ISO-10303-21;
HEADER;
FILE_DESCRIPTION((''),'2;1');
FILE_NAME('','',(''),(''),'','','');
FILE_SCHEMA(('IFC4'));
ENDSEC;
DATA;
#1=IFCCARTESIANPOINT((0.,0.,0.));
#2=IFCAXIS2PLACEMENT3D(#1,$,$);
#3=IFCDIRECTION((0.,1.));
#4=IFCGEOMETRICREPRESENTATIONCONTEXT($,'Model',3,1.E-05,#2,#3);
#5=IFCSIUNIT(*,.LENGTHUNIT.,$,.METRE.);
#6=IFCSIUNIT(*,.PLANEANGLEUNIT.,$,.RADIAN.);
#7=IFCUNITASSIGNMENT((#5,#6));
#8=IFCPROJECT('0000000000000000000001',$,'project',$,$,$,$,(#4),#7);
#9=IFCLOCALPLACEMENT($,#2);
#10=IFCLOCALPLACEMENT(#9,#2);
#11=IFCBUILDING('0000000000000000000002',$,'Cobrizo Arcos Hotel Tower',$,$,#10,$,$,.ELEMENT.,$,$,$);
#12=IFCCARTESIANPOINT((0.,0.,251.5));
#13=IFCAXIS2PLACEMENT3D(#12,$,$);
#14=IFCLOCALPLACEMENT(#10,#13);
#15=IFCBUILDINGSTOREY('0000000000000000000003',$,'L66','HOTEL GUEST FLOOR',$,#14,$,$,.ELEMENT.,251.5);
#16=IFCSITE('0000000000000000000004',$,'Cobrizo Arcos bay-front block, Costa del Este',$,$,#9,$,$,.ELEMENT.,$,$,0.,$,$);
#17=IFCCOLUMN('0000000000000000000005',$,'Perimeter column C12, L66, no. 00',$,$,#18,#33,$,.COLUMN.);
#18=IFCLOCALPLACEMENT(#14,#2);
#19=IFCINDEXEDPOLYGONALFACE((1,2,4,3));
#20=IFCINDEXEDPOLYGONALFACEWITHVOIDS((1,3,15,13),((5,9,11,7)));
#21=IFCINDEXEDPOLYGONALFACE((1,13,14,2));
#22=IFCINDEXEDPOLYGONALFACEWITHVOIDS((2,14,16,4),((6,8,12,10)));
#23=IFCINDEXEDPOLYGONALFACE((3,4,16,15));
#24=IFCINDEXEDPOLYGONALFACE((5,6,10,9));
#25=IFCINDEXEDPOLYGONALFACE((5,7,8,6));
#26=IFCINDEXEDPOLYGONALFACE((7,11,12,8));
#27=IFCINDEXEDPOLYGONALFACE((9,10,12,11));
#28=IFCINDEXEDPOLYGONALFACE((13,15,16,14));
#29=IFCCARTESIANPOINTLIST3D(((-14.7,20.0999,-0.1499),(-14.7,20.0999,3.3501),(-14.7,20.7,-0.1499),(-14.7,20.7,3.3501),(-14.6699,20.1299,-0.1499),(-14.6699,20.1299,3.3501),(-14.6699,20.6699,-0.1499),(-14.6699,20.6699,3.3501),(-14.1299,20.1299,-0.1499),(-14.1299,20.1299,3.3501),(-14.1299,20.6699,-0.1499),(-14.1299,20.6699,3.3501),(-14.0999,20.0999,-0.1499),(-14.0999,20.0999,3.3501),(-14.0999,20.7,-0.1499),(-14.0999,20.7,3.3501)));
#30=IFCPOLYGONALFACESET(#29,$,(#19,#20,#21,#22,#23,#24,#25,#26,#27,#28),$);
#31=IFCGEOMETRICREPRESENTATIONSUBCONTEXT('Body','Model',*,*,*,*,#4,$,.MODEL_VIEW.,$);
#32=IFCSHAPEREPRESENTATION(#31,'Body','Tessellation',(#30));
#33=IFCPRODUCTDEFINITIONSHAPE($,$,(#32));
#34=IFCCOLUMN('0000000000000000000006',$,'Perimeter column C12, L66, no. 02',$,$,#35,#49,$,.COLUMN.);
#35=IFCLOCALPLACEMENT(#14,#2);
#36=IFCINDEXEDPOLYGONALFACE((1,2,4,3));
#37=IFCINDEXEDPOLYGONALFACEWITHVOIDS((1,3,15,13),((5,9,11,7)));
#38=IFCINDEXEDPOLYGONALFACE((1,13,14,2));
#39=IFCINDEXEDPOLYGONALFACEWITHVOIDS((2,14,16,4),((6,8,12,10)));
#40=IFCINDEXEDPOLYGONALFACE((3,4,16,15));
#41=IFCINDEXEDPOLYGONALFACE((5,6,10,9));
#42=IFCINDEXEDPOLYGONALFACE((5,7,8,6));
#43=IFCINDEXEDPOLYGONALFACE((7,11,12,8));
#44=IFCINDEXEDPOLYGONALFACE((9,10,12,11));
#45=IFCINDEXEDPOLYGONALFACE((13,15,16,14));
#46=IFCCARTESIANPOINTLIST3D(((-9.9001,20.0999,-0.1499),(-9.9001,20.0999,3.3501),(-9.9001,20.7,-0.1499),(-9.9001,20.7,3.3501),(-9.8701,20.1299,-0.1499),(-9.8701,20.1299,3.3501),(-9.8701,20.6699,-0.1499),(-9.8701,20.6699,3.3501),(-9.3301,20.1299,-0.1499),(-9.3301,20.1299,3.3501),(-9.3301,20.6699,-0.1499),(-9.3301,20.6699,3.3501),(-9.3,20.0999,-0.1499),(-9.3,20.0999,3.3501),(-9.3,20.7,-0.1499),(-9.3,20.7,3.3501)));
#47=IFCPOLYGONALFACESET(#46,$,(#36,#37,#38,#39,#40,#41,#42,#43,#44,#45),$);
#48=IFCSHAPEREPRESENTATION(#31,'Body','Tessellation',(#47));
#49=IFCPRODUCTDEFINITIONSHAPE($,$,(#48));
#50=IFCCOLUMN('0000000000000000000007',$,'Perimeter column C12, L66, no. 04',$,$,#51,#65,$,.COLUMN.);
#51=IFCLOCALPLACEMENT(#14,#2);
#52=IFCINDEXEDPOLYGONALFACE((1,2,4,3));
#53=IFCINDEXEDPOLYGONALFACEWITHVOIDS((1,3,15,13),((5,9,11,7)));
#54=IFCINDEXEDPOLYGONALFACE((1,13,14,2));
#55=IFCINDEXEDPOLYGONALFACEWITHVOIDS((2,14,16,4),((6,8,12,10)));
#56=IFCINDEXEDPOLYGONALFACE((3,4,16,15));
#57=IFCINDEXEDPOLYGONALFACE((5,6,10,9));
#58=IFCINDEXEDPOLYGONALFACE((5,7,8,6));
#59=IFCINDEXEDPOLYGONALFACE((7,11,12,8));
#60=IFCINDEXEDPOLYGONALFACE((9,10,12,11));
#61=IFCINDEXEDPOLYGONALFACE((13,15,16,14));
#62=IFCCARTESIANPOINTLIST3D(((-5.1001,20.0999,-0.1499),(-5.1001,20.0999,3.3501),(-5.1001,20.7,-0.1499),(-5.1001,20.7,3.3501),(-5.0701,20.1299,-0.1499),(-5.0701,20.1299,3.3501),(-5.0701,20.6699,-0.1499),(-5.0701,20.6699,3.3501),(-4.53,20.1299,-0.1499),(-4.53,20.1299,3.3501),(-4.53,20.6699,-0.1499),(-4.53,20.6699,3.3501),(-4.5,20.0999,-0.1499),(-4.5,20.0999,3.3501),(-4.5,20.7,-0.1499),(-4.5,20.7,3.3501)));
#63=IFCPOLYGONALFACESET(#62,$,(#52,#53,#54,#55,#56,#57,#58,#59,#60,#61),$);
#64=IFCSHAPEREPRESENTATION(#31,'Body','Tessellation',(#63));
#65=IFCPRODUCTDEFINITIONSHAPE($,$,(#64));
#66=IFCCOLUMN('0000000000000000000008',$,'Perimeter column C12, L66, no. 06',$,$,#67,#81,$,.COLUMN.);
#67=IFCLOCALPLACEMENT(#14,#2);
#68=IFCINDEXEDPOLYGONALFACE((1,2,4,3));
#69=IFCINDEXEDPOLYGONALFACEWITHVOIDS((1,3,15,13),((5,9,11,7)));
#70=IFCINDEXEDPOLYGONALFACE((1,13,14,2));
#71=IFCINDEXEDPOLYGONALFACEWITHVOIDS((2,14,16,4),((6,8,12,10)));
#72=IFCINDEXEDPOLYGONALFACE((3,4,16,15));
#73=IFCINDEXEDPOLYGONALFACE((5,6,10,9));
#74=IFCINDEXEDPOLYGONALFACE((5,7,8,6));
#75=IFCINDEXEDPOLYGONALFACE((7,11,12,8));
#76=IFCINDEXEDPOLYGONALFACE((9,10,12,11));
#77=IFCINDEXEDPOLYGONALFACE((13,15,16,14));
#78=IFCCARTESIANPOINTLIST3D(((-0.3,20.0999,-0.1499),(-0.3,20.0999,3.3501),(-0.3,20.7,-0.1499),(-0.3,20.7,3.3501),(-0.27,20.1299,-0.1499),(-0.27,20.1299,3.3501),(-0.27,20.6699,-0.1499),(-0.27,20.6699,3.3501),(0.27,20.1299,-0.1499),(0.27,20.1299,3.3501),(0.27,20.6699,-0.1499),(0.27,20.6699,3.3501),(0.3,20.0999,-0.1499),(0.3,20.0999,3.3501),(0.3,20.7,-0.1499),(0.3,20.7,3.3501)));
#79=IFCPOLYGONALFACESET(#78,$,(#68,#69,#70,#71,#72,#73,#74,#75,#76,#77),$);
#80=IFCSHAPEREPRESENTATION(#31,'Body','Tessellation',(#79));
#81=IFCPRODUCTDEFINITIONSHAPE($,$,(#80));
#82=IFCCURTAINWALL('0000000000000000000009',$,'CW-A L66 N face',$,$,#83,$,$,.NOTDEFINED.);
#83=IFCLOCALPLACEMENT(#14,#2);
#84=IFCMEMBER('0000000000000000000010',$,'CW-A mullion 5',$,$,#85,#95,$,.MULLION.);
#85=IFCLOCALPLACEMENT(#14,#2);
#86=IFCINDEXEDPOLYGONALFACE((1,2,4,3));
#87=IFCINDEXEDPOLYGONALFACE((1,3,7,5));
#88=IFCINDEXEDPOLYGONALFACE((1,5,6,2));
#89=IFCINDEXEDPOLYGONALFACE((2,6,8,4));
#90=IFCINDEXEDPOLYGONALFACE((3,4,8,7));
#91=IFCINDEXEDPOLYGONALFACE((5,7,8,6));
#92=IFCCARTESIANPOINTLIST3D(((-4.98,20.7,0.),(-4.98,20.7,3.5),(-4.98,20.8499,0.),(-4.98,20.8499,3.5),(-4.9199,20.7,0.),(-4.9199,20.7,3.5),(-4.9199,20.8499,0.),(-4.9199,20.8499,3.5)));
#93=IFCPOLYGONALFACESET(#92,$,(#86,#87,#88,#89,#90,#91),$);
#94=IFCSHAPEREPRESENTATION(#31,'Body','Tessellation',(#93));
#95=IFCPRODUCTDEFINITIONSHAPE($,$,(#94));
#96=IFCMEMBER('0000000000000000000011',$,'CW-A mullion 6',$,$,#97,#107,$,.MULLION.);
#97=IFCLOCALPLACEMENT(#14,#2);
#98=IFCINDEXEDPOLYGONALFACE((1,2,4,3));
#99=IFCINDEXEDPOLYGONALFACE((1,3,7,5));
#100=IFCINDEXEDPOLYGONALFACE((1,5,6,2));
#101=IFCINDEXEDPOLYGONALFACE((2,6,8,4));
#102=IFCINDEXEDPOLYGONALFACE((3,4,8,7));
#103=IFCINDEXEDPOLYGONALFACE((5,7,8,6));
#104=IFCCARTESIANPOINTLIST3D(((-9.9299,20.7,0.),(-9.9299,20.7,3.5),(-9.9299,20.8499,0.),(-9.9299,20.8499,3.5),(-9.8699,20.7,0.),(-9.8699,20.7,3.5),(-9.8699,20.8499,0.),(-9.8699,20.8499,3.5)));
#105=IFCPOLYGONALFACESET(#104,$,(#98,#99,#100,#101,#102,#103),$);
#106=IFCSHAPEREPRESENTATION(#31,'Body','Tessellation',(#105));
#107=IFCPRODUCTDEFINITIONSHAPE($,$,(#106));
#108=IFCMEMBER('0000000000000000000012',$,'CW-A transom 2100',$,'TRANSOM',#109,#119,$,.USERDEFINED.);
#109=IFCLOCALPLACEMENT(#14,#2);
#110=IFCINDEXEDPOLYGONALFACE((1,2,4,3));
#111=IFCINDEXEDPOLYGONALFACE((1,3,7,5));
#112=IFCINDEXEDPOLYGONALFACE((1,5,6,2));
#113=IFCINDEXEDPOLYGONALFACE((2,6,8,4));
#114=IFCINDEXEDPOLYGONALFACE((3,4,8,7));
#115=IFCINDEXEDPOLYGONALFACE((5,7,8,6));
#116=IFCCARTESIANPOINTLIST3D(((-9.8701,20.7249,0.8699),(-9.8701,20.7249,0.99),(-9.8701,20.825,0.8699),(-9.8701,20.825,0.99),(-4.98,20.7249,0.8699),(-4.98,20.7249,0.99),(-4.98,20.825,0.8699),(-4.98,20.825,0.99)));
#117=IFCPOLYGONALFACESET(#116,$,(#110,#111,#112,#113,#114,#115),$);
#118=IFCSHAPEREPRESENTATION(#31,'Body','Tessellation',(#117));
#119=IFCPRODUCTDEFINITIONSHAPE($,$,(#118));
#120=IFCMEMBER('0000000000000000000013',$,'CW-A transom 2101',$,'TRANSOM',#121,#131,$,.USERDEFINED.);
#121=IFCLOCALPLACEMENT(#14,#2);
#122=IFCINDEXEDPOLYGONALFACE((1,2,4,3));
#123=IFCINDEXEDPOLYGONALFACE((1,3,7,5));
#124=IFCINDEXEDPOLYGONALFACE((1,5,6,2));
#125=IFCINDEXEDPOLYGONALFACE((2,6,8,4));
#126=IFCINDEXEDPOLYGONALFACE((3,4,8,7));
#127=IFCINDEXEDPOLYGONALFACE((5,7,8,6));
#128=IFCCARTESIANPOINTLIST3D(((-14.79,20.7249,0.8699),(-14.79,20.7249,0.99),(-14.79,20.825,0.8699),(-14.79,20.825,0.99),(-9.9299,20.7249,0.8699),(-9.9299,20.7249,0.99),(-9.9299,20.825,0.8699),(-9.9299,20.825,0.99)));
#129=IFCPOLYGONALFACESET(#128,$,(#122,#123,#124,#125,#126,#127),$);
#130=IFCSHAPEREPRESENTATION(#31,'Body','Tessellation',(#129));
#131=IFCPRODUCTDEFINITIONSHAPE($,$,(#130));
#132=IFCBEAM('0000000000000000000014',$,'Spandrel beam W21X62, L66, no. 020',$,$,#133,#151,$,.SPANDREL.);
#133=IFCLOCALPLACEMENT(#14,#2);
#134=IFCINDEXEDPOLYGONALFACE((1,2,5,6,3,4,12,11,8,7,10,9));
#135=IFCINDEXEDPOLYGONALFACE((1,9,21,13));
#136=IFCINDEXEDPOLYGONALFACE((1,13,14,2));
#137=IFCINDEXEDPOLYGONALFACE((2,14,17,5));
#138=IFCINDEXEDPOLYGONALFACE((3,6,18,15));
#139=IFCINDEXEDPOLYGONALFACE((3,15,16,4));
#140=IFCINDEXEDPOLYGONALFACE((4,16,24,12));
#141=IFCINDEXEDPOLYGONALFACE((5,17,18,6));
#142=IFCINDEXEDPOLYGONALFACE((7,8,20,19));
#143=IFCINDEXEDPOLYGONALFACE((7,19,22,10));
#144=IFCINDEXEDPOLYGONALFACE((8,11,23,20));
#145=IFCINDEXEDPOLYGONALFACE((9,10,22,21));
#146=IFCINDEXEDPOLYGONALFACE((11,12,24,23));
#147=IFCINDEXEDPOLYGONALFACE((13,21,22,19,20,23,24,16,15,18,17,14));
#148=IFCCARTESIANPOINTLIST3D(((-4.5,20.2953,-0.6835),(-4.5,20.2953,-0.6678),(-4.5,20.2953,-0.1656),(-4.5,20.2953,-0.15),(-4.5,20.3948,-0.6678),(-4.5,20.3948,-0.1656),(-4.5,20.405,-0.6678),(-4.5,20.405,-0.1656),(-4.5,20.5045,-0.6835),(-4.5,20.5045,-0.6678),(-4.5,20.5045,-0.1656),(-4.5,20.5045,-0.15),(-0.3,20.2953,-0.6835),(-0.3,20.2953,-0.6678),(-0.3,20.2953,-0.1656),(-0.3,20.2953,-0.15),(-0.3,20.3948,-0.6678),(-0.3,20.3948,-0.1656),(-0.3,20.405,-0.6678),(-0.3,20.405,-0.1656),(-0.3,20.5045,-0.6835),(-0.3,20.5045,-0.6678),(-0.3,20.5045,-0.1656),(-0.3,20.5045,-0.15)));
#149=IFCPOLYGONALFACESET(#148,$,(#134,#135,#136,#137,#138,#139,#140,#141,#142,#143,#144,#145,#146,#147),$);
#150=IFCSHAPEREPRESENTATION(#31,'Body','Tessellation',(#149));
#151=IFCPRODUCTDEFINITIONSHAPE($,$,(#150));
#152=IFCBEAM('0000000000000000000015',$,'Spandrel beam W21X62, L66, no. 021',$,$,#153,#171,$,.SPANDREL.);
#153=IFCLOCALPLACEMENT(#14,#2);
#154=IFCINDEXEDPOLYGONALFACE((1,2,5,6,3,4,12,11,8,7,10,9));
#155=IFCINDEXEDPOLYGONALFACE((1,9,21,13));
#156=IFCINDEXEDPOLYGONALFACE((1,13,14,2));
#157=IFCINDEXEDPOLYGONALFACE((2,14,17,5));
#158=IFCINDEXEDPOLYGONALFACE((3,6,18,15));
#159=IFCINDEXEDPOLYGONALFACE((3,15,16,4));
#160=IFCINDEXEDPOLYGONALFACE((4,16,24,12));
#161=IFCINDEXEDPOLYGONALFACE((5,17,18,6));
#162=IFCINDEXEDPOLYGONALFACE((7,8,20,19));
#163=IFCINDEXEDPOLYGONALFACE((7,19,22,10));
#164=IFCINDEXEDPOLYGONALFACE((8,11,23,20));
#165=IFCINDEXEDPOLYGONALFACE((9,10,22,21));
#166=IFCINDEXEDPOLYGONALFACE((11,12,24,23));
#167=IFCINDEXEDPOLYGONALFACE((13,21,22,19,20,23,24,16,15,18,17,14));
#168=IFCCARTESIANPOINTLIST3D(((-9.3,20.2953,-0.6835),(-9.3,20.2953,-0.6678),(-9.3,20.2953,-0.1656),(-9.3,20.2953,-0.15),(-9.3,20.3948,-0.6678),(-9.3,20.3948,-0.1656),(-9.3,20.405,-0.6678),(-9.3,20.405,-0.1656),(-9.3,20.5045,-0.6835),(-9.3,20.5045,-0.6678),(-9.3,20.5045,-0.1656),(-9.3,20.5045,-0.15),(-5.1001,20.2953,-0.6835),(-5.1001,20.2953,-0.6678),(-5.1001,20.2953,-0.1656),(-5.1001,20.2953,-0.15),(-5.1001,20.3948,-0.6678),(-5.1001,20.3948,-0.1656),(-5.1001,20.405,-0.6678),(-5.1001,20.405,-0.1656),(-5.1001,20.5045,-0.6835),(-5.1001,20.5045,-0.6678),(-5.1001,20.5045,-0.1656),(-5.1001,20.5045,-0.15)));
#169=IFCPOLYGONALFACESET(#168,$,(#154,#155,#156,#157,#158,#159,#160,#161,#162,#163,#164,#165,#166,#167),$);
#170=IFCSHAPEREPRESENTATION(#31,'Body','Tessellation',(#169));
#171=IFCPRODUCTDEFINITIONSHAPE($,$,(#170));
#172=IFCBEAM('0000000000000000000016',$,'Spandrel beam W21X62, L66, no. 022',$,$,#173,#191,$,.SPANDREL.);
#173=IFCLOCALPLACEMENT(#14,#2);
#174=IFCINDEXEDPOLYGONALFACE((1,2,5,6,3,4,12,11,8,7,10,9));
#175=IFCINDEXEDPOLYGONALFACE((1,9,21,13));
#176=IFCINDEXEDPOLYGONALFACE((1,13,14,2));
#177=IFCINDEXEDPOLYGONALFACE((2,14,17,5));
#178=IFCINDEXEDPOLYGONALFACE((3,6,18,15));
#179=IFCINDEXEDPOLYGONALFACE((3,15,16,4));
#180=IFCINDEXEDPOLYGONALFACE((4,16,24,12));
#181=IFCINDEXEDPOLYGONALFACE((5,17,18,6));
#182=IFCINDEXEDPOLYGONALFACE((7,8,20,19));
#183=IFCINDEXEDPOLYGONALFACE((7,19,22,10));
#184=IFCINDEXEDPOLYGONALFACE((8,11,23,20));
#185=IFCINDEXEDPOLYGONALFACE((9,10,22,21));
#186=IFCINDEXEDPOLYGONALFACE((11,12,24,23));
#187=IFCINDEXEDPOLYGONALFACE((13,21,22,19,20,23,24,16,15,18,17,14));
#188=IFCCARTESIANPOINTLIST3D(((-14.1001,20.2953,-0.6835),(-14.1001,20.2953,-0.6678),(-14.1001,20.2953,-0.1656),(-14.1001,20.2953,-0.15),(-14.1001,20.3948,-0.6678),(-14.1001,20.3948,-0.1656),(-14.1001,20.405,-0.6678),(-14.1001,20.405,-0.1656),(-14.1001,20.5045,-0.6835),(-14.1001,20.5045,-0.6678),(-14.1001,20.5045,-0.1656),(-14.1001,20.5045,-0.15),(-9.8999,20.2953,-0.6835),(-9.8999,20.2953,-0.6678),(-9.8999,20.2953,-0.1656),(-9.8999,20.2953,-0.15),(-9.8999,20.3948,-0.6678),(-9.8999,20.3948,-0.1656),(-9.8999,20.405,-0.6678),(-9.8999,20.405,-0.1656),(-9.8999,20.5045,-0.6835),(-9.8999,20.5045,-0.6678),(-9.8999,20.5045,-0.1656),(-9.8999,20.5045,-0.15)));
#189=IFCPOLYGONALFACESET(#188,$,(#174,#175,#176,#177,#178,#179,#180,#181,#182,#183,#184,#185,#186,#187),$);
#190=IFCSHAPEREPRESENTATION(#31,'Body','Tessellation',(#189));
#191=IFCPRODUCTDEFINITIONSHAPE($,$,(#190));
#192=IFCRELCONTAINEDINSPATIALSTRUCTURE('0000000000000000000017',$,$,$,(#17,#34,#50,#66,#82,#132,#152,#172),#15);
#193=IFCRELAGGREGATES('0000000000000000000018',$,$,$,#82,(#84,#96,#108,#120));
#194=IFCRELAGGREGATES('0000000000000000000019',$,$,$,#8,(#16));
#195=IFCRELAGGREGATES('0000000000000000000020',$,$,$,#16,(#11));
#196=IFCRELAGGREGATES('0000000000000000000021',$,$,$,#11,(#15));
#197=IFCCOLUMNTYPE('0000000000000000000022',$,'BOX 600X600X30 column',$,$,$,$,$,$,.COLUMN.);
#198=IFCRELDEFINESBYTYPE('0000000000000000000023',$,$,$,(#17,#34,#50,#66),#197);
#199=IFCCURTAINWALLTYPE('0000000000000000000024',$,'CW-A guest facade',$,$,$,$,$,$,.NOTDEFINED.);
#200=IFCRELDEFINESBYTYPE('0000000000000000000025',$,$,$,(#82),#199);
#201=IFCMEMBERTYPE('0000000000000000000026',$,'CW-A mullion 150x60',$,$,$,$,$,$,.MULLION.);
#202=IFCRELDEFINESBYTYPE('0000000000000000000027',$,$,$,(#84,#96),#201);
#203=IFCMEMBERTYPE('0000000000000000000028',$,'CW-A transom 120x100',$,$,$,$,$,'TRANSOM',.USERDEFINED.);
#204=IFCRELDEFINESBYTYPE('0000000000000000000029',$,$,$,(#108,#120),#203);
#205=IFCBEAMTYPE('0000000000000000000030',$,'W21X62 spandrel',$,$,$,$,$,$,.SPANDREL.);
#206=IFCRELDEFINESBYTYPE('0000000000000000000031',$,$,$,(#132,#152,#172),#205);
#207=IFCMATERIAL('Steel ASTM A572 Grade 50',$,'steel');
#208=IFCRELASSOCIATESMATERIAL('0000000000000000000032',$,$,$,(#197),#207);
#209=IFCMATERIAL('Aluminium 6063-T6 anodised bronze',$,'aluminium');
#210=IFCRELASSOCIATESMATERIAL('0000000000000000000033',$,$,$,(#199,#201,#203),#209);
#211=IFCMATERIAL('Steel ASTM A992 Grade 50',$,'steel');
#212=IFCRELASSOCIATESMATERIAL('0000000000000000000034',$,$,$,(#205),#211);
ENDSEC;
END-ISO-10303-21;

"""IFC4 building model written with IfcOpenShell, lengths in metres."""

from ifc_helpers import new_model, si_unit, direction, frame, origin, origin_2d, place, context, subcontext, project, spatial, rectangle, hollow_rectangle, i_section, extrude, material, material_profile, profile_set, type_object, element, aggregate, save


model = new_model("IFC4")

# Units and contexts
model_context = context("Model", 3, precision=1e-05, world=origin(), true_north=direction((0.0, 1.0)))
body_context = subcontext(model_context, "Body", "Model", "MODEL_VIEW")
ifc_project = project(units=[si_unit("LENGTHUNIT", "METRE"), si_unit("PLANEANGLEUNIT", "RADIAN")], contexts=[model_context])

# Site, building, storey
site_placement = place(None, origin())
site = spatial("IfcSite", under=ifc_project, at=site_placement, Name="Cobrizo Arcos bay-front block, Costa del Este", CompositionType="ELEMENT", RefElevation=0.0)
building_placement = place(site_placement, origin())
building = spatial("IfcBuilding", under=site, at=building_placement, Name="Cobrizo Arcos Hotel Tower", CompositionType="ELEMENT")
storey_placement = place(building_placement, frame((0.0, 0.0, 251.5)))
storey = spatial("IfcBuildingStorey", under=building, at=storey_placement, Name="L66", Description="HOTEL GUEST FLOOR", CompositionType="ELEMENT", Elevation=251.5)

# Columns
ifc_material_1 = material(Name="Steel ASTM A572 Grade 50", Category="steel")
ifc_material_profile_1 = material_profile(ifc_material_1, hollow_rectangle(XDim=0.6001, YDim=0.6001, WallThickness=0.03, at=origin_2d()), Name="BOX 600X600X30")
ifc_profile_set_1 = profile_set([ifc_material_profile_1], Name="Steel ASTM A572 Grade 50")
column_type = type_object("IfcColumnType", Name="BOX 600X600X30 column", PredefinedType="COLUMN", material=ifc_profile_set_1)
for number, where, z_axis, x_axis, name in (
    (1, (-14.3999, 20.3999, -0.1499), (0.0, 0.0, 1.0), (1.0, 0.0, 0.0), "Perimeter column C12, L66, no. 00"),
    (2, (-9.6001, 20.3999, -0.1499), (0.0, 0.0, 1.0), (1.0, 0.0, 0.0), "Perimeter column C12, L66, no. 02"),
    (3, (-4.8, 20.3999, -0.1499), (0.0, 0.0, 1.0), (1.0, 0.0, 0.0), "Perimeter column C12, L66, no. 04"),
    (4, (0.0, 20.3999, -0.1499), (0.0, 0.0, 1.0), (1.0, 0.0, 0.0), "Perimeter column C12, L66, no. 06"),
):
    element("IfcColumn", number, at=place(storey_placement, frame(where, z_axis=z_axis, x_axis=x_axis)), inside=storey, type_object=column_type, Name=name, PredefinedType="COLUMN", context=body_context, shape_type="SweptSolid", body=[
        extrude(hollow_rectangle(XDim=0.6001, YDim=0.6001, WallThickness=0.03, at=origin_2d()), origin(), (0.0, 0.0, 1.0), 3.5),
    ])

# Curtain wall, members
ifc_material_2 = material(Name="Aluminium 6063-T6 anodised bronze", Category="aluminium")
curtain_wall_type = type_object("IfcCurtainWallType", Name="CW-A guest facade", PredefinedType="NOTDEFINED", material=ifc_material_2)
curtain_wall_placement = place(storey_placement, origin())
curtain_wall = element("IfcCurtainWall", 5, at=curtain_wall_placement, inside=storey, type_object=curtain_wall_type, Name="CW-A L66 N face", PredefinedType="NOTDEFINED")
ifc_material_profile_2 = material_profile(ifc_material_2, rectangle(XDim=0.1499, YDim=0.0601, at=origin_2d()), Name="CW-A mullion 150x60")
ifc_profile_set_2 = profile_set([ifc_material_profile_2], Name="Aluminium 6063-T6 anodised bronze")
member_type_1 = type_object("IfcMemberType", Name="CW-A mullion 150x60", PredefinedType="MULLION", material=ifc_profile_set_2)
member_1_placement = place(storey_placement, frame((-4.95, 20.7749, 0.0), z_axis=(0.0, 0.0, 1.0), x_axis=(0.0, 1.0, 0.0)))
member_1 = element("IfcMember", 6, at=member_1_placement, type_object=member_type_1, Name="CW-A mullion 5", PredefinedType="MULLION", context=body_context, shape_type="SweptSolid", body=[
    extrude(rectangle(XDim=0.1499, YDim=0.0601, at=origin_2d()), origin(), (0.0, 0.0, 1.0), 3.5),
])
member_2_placement = place(storey_placement, frame((-9.8999, 20.7749, 0.0), z_axis=(0.0, 0.0, 1.0), x_axis=(0.0, 1.0, 0.0)))
member_2 = element("IfcMember", 7, at=member_2_placement, type_object=member_type_1, Name="CW-A mullion 6", PredefinedType="MULLION", context=body_context, shape_type="SweptSolid", body=[
    extrude(rectangle(XDim=0.1499, YDim=0.0601, at=origin_2d()), origin(), (0.0, 0.0, 1.0), 3.5),
])
ifc_material_profile_3 = material_profile(ifc_material_2, rectangle(XDim=0.1001, YDim=0.1201, at=origin_2d()), Name="CW-A transom 120x100")
ifc_profile_set_3 = profile_set([ifc_material_profile_3], Name="Aluminium 6063-T6 anodised bronze")
member_type_2 = type_object("IfcMemberType", Name="CW-A transom 120x100", ElementType="TRANSOM", PredefinedType="USERDEFINED", material=ifc_profile_set_3)
member_3_placement = place(storey_placement, frame((-4.98, 20.7749, 0.9299), z_axis=(-1.0, 0.0, 0.0), x_axis=(0.0, -1.0, 0.0)))
member_3 = element("IfcMember", 8, at=member_3_placement, type_object=member_type_2, Name="CW-A transom 2100", ObjectType="TRANSOM", PredefinedType="USERDEFINED", context=body_context, shape_type="SweptSolid", body=[
    extrude(rectangle(XDim=0.1001, YDim=0.1201, at=origin_2d()), origin(), (0.0, 0.0, 1.0), 4.8901),
])
member_4_placement = place(storey_placement, frame((-9.9299, 20.7749, 0.9299), z_axis=(-1.0, 0.0, 0.0), x_axis=(0.0, -1.0, 0.0)))
member_4 = element("IfcMember", 9, at=member_4_placement, type_object=member_type_2, Name="CW-A transom 2101", ObjectType="TRANSOM", PredefinedType="USERDEFINED", context=body_context, shape_type="SweptSolid", body=[
    extrude(rectangle(XDim=0.1001, YDim=0.1201, at=origin_2d()), origin(), (0.0, 0.0, 1.0), 4.8601),
])

# Beams
ifc_material_3 = material(Name="Steel ASTM A992 Grade 50", Category="steel")
ifc_material_profile_4 = material_profile(ifc_material_3, i_section(OverallWidth=0.2092, OverallDepth=0.5334, WebThickness=0.0103, FlangeThickness=0.0156, at=origin_2d()), Name="W21X62")
ifc_profile_set_4 = profile_set([ifc_material_profile_4], Name="Steel ASTM A992 Grade 50")
beam_type = type_object("IfcBeamType", Name="W21X62 spandrel", PredefinedType="SPANDREL", material=ifc_profile_set_4)
for number, where, z_axis, x_axis, name in (
    (10, (-0.3, 20.3999, -0.4167), (-1.0, 0.0, 0.0), (0.0, -1.0, 0.0), "Spandrel beam W21X62, L66, no. 020"),
    (11, (-5.1001, 20.3999, -0.4167), (-1.0, 0.0, 0.0), (0.0, -1.0, 0.0), "Spandrel beam W21X62, L66, no. 021"),
):
    element("IfcBeam", number, at=place(storey_placement, frame(where, z_axis=z_axis, x_axis=x_axis)), inside=storey, type_object=beam_type, Name=name, PredefinedType="SPANDREL", context=body_context, shape_type="SweptSolid", body=[
        extrude(i_section(OverallWidth=0.2092, OverallDepth=0.5334, WebThickness=0.0103, FlangeThickness=0.0156, at=origin_2d()), origin(), (0.0, 0.0, 1.0), 4.2),
    ])
beam_placement = place(storey_placement, frame((-9.8999, 20.3999, -0.4167), z_axis=(-1.0, 0.0, 0.0), x_axis=(0.0, -1.0, 0.0)))
element("IfcBeam", 12, at=beam_placement, inside=storey, type_object=beam_type, Name="Spandrel beam W21X62, L66, no. 022", PredefinedType="SPANDREL", context=body_context, shape_type="SweptSolid", body=[
    extrude(i_section(OverallWidth=0.2092, OverallDepth=0.5334, WebThickness=0.0103, FlangeThickness=0.0156, at=origin_2d()), origin(), (0.0, 0.0, 1.0), 4.2002),
])

aggregate(curtain_wall, [member_1, member_2, member_3, member_4])

save(model, "model.ifc")
